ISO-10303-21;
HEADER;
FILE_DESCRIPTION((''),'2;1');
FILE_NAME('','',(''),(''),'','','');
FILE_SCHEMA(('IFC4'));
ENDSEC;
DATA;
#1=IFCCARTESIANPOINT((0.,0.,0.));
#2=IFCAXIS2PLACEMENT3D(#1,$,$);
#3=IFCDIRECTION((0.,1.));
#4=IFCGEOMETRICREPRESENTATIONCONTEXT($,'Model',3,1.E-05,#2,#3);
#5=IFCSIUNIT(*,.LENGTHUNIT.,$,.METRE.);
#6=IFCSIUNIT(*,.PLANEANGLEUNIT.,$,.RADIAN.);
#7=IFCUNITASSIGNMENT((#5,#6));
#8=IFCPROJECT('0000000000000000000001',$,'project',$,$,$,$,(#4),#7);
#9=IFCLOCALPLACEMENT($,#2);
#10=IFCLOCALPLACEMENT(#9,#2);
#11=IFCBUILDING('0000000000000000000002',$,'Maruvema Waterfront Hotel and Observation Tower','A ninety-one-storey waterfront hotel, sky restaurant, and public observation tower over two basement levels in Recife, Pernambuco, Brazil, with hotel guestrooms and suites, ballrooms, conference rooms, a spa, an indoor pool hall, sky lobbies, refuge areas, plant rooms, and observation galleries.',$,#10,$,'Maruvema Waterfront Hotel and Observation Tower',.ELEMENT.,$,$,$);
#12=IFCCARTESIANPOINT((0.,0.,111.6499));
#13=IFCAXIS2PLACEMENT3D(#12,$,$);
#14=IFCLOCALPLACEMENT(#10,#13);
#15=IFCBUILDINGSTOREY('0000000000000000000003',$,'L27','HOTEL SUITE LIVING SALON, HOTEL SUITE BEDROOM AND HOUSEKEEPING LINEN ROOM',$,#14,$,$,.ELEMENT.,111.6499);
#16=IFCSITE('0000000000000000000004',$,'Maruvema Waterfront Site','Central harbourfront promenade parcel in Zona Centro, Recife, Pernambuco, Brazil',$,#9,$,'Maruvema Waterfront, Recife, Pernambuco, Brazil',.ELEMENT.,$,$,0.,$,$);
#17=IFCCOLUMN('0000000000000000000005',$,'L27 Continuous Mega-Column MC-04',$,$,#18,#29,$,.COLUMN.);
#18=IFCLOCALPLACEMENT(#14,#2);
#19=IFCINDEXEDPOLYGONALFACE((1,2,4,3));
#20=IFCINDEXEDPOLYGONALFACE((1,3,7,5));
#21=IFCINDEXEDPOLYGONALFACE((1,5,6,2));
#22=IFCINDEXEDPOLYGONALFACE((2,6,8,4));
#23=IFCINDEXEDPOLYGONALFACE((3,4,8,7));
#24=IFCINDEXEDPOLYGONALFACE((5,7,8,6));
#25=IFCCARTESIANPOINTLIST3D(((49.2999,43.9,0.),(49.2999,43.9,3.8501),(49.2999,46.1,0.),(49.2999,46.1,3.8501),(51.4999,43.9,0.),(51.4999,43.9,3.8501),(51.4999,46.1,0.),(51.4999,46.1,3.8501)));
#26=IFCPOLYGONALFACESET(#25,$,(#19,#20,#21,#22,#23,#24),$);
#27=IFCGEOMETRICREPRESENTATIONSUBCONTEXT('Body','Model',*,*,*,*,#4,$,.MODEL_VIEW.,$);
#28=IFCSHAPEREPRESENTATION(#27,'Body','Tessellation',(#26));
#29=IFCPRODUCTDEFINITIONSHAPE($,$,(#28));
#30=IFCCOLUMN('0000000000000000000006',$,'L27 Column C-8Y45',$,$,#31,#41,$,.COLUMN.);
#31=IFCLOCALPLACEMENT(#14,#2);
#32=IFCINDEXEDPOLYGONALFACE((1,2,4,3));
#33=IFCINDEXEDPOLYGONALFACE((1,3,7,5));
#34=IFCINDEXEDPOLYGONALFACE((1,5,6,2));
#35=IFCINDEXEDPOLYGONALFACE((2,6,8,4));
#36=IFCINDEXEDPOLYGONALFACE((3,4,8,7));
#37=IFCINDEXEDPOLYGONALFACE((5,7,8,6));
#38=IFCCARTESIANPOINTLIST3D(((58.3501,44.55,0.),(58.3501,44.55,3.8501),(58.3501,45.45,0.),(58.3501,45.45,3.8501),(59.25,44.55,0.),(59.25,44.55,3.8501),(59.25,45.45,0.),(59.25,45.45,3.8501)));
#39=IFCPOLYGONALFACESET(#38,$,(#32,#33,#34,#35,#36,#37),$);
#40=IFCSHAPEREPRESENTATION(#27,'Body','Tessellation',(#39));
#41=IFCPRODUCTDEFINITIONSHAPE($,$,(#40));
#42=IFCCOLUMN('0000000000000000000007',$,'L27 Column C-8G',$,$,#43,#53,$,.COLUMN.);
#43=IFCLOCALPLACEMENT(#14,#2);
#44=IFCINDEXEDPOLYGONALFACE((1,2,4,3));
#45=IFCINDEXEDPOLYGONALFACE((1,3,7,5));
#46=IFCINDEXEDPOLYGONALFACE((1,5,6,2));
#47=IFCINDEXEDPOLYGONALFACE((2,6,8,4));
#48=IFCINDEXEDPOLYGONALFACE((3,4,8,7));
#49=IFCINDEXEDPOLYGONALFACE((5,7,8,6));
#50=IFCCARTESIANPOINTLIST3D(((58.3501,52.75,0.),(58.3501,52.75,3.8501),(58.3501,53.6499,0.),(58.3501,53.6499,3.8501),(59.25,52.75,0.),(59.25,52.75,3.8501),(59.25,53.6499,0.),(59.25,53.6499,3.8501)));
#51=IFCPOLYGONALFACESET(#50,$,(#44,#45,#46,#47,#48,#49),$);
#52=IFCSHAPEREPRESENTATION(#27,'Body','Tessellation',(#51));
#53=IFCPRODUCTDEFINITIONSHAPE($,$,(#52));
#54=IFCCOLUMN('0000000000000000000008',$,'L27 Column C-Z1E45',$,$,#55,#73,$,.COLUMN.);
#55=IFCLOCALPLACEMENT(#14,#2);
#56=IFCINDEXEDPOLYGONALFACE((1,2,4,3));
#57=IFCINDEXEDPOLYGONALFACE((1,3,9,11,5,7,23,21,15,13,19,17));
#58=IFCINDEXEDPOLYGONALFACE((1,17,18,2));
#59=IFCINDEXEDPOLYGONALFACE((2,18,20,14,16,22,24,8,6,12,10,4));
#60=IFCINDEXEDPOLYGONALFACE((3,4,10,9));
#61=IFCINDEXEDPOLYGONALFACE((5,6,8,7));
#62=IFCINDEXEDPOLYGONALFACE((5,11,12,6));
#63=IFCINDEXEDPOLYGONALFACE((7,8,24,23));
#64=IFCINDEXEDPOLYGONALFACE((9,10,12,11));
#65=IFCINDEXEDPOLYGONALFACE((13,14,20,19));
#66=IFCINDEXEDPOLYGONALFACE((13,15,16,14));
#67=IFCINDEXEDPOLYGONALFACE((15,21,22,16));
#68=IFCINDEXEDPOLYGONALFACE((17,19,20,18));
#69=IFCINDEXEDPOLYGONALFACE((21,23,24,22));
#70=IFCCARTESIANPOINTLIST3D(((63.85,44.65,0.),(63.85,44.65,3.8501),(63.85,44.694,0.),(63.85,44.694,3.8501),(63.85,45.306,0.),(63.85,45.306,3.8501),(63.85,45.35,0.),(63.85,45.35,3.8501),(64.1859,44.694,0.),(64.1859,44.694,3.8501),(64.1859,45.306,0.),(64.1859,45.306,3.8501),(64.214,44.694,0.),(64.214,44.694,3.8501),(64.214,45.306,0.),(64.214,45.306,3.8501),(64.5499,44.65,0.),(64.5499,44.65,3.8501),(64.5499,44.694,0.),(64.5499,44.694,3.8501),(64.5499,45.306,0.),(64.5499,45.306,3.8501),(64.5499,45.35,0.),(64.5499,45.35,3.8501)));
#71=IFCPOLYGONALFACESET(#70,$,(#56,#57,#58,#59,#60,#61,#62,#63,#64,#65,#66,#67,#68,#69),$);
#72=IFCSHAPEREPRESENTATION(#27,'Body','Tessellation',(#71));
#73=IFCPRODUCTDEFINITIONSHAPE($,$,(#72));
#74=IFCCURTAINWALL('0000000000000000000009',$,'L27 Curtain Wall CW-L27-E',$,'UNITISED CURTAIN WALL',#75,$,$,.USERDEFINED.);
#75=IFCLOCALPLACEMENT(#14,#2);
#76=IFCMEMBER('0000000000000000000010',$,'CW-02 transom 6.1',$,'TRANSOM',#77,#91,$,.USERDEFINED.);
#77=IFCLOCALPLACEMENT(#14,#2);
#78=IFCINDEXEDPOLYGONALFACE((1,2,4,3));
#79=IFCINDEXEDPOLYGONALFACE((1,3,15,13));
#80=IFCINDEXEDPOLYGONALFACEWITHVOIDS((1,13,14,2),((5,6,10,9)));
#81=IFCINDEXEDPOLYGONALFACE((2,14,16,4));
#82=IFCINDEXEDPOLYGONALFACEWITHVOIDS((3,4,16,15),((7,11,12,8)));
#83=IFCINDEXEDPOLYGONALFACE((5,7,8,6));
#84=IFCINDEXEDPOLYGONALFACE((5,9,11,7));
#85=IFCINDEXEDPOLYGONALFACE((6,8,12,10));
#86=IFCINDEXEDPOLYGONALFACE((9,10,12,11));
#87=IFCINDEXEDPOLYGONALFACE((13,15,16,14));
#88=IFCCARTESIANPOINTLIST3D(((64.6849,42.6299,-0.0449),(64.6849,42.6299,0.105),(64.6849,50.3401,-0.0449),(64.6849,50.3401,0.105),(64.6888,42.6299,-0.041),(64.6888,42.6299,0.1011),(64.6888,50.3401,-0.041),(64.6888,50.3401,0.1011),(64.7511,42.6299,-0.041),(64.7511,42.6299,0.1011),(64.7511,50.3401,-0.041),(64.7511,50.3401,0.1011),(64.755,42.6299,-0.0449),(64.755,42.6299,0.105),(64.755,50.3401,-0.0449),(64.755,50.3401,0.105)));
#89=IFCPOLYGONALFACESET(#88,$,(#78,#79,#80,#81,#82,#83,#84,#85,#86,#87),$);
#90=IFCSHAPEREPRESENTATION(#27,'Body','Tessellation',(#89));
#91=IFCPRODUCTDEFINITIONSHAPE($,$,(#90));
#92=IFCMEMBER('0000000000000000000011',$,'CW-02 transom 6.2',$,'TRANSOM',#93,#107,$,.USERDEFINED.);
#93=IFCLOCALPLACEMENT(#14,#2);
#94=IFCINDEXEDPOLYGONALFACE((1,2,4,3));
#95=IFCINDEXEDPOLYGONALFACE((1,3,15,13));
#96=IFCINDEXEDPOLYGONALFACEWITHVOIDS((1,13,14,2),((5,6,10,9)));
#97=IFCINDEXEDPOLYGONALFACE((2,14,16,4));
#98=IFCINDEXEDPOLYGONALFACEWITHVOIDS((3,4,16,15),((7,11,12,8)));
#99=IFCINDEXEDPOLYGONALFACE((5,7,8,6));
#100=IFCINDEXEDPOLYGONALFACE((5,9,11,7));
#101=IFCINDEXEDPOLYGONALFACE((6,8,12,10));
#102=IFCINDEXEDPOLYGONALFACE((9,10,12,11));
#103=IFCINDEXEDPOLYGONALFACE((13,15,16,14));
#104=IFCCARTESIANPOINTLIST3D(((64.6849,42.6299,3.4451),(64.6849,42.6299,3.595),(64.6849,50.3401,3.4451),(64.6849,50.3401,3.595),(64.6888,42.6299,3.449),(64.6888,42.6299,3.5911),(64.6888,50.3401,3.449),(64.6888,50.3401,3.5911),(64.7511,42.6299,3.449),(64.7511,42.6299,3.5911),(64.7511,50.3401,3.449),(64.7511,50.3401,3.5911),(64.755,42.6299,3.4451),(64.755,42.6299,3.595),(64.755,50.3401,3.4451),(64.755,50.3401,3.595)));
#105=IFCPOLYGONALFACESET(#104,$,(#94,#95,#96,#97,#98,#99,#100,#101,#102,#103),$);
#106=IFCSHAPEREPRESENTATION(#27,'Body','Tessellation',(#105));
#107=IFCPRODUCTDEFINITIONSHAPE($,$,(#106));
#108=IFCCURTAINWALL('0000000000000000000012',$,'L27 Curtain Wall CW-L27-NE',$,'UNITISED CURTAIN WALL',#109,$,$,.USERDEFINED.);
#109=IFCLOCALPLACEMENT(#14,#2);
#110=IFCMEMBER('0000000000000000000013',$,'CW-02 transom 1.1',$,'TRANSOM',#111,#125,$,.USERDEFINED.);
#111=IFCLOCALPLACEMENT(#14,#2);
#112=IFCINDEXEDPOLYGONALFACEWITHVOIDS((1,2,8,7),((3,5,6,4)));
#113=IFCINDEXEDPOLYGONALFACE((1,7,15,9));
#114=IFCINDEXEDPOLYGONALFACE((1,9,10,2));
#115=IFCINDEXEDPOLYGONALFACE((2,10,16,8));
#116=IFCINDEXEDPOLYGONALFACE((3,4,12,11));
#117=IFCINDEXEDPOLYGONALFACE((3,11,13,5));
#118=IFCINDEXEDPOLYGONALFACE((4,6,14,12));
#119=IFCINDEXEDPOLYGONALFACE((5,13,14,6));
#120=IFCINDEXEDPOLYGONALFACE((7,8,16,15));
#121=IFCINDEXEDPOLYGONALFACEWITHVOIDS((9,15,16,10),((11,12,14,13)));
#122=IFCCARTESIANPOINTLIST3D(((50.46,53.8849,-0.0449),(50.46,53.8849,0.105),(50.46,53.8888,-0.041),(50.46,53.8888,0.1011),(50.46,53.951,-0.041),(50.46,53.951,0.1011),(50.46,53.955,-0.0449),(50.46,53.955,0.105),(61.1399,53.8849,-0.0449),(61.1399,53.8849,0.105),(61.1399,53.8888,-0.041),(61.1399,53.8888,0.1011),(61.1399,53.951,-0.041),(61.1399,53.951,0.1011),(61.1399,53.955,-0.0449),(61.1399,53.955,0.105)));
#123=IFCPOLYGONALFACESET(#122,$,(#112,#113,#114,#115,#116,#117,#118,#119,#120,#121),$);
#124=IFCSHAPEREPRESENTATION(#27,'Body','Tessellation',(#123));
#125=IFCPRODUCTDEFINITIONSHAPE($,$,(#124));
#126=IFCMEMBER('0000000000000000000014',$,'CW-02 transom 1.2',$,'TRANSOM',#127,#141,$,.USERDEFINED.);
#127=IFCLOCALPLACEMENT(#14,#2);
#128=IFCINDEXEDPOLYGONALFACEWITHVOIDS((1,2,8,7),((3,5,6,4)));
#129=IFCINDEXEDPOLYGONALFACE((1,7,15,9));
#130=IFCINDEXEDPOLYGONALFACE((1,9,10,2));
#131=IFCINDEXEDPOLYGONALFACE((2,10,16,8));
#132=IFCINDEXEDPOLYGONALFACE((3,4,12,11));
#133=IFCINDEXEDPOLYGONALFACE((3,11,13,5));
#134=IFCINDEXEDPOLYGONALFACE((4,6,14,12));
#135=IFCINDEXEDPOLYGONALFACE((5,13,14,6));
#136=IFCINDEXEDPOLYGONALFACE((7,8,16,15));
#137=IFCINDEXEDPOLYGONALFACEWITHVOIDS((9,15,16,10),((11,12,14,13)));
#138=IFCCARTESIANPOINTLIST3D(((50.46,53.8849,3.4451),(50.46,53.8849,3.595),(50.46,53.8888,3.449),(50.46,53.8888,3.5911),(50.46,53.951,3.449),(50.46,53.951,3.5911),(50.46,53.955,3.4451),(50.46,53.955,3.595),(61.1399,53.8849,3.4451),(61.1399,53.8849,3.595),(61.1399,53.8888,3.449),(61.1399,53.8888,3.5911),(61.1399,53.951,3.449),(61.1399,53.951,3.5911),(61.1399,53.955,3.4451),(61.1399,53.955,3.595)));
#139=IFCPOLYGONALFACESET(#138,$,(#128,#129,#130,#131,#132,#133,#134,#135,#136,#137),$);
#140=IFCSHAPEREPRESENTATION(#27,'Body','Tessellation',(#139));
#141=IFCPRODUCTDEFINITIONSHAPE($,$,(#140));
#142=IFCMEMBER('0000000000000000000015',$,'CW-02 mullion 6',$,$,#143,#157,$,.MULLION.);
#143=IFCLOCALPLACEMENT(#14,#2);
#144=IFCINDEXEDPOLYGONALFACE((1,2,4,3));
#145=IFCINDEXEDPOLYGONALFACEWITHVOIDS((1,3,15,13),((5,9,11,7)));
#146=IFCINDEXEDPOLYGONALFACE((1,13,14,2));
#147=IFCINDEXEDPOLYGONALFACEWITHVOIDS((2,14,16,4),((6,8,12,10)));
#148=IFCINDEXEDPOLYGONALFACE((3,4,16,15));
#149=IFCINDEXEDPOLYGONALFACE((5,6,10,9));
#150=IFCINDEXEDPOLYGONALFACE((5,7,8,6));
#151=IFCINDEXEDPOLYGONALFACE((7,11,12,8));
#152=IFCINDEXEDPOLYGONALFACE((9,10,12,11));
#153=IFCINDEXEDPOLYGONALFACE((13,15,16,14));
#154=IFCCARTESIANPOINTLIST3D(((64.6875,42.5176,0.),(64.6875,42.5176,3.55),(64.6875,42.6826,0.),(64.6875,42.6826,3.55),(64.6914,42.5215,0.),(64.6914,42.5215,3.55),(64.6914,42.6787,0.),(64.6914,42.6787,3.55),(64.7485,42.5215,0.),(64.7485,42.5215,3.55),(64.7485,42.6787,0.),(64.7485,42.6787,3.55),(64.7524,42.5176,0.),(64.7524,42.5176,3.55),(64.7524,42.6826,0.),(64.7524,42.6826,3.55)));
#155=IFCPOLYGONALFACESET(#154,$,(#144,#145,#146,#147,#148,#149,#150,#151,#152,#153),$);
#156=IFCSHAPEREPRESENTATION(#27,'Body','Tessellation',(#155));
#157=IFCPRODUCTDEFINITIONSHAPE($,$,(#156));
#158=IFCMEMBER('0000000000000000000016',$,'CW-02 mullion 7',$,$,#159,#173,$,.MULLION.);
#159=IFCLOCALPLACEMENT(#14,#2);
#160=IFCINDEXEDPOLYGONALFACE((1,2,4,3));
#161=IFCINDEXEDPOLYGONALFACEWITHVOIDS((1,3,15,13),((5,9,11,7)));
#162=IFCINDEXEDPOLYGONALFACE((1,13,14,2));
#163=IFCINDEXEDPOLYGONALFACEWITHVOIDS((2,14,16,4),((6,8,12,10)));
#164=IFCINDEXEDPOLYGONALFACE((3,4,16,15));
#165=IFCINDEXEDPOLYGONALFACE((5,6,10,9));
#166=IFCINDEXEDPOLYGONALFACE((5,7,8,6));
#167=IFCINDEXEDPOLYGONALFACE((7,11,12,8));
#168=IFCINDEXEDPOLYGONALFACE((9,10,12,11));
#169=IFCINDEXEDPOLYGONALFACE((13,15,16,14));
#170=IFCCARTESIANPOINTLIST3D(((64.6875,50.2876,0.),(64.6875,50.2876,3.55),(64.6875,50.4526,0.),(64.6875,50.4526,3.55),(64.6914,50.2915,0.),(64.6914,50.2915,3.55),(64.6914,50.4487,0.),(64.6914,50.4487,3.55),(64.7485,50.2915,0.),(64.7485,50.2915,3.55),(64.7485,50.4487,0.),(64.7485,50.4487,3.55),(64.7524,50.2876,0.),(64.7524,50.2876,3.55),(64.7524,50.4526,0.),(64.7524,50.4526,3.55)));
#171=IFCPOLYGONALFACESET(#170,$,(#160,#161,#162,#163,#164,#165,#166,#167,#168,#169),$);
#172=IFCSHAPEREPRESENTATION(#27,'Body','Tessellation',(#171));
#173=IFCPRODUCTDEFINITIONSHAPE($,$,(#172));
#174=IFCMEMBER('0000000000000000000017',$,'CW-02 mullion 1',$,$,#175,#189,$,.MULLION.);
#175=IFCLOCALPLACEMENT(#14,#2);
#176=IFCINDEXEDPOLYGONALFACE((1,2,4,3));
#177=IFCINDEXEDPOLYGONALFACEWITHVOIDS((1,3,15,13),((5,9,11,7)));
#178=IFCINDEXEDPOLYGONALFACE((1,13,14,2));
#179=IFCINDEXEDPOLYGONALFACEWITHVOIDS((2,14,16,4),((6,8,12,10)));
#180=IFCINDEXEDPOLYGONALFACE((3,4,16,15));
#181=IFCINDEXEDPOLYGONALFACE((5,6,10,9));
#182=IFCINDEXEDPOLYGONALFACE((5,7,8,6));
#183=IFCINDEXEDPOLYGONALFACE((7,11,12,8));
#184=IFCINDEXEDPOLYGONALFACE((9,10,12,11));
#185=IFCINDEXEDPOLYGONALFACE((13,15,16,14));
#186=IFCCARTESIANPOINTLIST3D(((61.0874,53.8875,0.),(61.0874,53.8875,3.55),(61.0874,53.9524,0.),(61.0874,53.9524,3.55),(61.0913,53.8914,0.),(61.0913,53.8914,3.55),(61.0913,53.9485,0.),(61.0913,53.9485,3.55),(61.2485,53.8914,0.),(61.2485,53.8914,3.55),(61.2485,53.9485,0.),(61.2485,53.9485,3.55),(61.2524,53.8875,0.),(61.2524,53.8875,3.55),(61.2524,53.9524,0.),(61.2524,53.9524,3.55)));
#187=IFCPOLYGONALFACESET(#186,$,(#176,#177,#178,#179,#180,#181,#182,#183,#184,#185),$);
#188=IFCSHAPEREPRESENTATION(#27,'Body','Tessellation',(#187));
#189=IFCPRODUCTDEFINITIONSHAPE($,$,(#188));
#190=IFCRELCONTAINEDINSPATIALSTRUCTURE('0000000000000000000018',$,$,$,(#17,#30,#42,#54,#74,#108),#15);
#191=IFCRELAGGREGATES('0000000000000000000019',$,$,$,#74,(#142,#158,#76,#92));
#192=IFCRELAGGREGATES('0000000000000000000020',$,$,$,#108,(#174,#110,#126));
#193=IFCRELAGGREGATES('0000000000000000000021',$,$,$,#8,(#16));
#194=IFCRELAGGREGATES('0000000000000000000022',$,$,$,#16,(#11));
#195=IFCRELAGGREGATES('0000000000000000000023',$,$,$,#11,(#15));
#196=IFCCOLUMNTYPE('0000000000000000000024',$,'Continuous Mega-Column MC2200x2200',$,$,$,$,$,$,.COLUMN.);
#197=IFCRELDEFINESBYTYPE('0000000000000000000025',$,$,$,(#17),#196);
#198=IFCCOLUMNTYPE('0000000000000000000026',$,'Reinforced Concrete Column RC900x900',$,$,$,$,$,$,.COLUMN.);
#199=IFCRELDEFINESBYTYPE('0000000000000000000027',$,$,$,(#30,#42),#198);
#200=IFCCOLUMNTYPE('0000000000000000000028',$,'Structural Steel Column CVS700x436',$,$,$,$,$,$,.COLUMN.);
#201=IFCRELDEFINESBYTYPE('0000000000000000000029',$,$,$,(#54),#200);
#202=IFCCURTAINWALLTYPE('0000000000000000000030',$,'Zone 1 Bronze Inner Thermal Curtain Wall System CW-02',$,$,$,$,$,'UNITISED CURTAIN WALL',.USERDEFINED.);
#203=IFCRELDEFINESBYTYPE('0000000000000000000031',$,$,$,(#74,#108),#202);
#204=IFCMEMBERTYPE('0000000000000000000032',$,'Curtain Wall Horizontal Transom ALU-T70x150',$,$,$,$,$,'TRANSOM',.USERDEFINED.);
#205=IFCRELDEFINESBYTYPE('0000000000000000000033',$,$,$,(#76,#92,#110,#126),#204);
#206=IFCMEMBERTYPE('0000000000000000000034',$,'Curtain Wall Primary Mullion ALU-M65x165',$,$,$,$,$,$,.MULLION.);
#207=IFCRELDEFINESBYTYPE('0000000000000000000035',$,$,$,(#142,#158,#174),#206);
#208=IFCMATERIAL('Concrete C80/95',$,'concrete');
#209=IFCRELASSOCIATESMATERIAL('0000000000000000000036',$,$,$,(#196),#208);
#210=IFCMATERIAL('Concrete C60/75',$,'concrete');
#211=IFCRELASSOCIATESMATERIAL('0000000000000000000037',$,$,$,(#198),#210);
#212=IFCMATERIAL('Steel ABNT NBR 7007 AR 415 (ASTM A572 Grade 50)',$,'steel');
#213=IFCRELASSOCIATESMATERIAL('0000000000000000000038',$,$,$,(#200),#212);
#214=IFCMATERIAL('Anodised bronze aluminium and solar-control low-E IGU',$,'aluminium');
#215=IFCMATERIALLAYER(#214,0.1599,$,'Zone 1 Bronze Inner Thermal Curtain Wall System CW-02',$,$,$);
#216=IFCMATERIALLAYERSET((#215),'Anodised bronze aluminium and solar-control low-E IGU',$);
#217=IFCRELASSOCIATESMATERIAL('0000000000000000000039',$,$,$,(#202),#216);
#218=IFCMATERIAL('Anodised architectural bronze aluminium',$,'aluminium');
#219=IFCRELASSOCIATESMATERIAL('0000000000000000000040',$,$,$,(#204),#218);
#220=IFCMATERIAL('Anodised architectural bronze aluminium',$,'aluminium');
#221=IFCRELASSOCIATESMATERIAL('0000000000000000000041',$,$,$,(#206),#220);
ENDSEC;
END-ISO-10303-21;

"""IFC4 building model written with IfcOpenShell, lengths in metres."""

from ifc_helpers import new_model, si_unit, direction, frame, origin, origin_2d, place, context, subcontext, project, spatial, rectangle, hollow_rectangle, i_section, extrude, material, layer, layer_set, material_profile, profile_set, type_object, element, aggregate, save


model = new_model("IFC4")

# Units and contexts
model_context = context("Model", 3, precision=1e-05, world=origin(), true_north=direction((0.0, 1.0)))
body_context = subcontext(model_context, "Body", "Model", "MODEL_VIEW")
ifc_project = project(units=[si_unit("LENGTHUNIT", "METRE"), si_unit("PLANEANGLEUNIT", "RADIAN")], contexts=[model_context])

# Site, building, storey
site_placement = place(None, origin())
site = spatial("IfcSite", under=ifc_project, at=site_placement, Name="Maruvema Waterfront Site", Description="Central harbourfront promenade parcel in Zona Centro, Recife, Pernambuco, Brazil", LongName="Maruvema Waterfront, Recife, Pernambuco, Brazil", CompositionType="ELEMENT", RefElevation=0.0)
building_placement = place(site_placement, origin())
building = spatial("IfcBuilding", under=site, at=building_placement, Name="Maruvema Waterfront Hotel and Observation Tower", Description="A ninety-one-storey waterfront hotel, sky restaurant, and public observation tower over two basement levels in Recife, Pernambuco, Brazil, with hotel guestrooms and suites, ballrooms, conference rooms, a spa, an indoor pool hall, sky lobbies, refuge areas, plant rooms, and observation galleries.", LongName="Maruvema Waterfront Hotel and Observation Tower", CompositionType="ELEMENT")
storey_placement = place(building_placement, frame((0.0, 0.0, 111.6499)))
storey = spatial("IfcBuildingStorey", under=building, at=storey_placement, Name="L27", Description="HOTEL SUITE LIVING SALON, HOTEL SUITE BEDROOM AND HOUSEKEEPING LINEN ROOM", CompositionType="ELEMENT", Elevation=111.6499)

# Columns
ifc_material_1 = material(Name="Concrete C80/95", Category="concrete")
ifc_material_profile_1 = material_profile(ifc_material_1, rectangle(XDim=2.2, YDim=2.2, at=origin_2d()), Name="MC2200x2200")
ifc_profile_set_1 = profile_set([ifc_material_profile_1], Name="Concrete C80/95")
column_type_1 = type_object("IfcColumnType", Name="Continuous Mega-Column MC2200x2200", PredefinedType="COLUMN", material=ifc_profile_set_1)
column_1_placement = place(storey_placement, frame((50.3999, 45.0, 0.0), z_axis=(0.0, 0.0, 1.0), x_axis=(1.0, 0.0, 0.0)))
element("IfcColumn", 1, at=column_1_placement, inside=storey, type_object=column_type_1, Name="L27 Continuous Mega-Column MC-04", PredefinedType="COLUMN", context=body_context, shape_type="SweptSolid", body=[
    extrude(rectangle(XDim=2.2, YDim=2.2, at=origin_2d()), origin(), (0.0, 0.0, 1.0), 3.8501),
])
ifc_material_2 = material(Name="Concrete C60/75", Category="concrete")
ifc_material_profile_2 = material_profile(ifc_material_2, rectangle(XDim=0.8999, YDim=0.8999, at=origin_2d()), Name="RC900x900")
ifc_profile_set_2 = profile_set([ifc_material_profile_2], Name="Concrete C60/75")
column_type_2 = type_object("IfcColumnType", Name="Reinforced Concrete Column RC900x900", PredefinedType="COLUMN", material=ifc_profile_set_2)
for number, where, z_axis, x_axis, name in (
    (2, (58.8, 45.0, 0.0), (0.0, 0.0, 1.0), (1.0, 0.0, 0.0), "L27 Column C-8Y45"),
    (3, (58.8, 53.2, 0.0), (0.0, 0.0, 1.0), (1.0, 0.0, 0.0), "L27 Column C-8G"),
):
    element("IfcColumn", number, at=place(storey_placement, frame(where, z_axis=z_axis, x_axis=x_axis)), inside=storey, type_object=column_type_2, Name=name, PredefinedType="COLUMN", context=body_context, shape_type="SweptSolid", body=[
        extrude(rectangle(XDim=0.8999, YDim=0.8999, at=origin_2d()), origin(), (0.0, 0.0, 1.0), 3.8501),
    ])
ifc_material_3 = material(Name="Steel ABNT NBR 7007 AR 415 (ASTM A572 Grade 50)", Category="steel")
ifc_material_profile_3 = material_profile(ifc_material_3, i_section(OverallWidth=0.7, OverallDepth=0.7, WebThickness=0.0281, FlangeThickness=0.0439, at=origin_2d()), Name="CVS700x436")
ifc_profile_set_3 = profile_set([ifc_material_profile_3], Name="Steel ABNT NBR 7007 AR 415 (ASTM A572 Grade 50)")
column_type_3 = type_object("IfcColumnType", Name="Structural Steel Column CVS700x436", PredefinedType="COLUMN", material=ifc_profile_set_3)
column_2_placement = place(storey_placement, frame((64.2, 45.0, 0.0), z_axis=(0.0, 0.0, 1.0), x_axis=(1.0, 0.0, 0.0)))
element("IfcColumn", 4, at=column_2_placement, inside=storey, type_object=column_type_3, Name="L27 Column C-Z1E45", PredefinedType="COLUMN", context=body_context, shape_type="SweptSolid", body=[
    extrude(i_section(OverallWidth=0.7, OverallDepth=0.7, WebThickness=0.0281, FlangeThickness=0.0439, at=origin_2d()), origin(), (0.0, 0.0, 1.0), 3.8501),
])

# Curtain walls, members
ifc_material_4 = material(Name="Anodised bronze aluminium and solar-control low-E IGU", Category="aluminium")
ifc_layer_1 = layer(ifc_material_4, 0.1599, Name="Zone 1 Bronze Inner Thermal Curtain Wall System CW-02")
ifc_layer_set_1 = layer_set([ifc_layer_1], Name="Anodised bronze aluminium and solar-control low-E IGU")
curtain_wall_type = type_object("IfcCurtainWallType", Name="Zone 1 Bronze Inner Thermal Curtain Wall System CW-02", ElementType="UNITISED CURTAIN WALL", PredefinedType="USERDEFINED", material=ifc_layer_set_1)
curtain_wall_1_placement = place(storey_placement, origin())
curtain_wall_1 = element("IfcCurtainWall", 5, at=curtain_wall_1_placement, inside=storey, type_object=curtain_wall_type, Name="L27 Curtain Wall CW-L27-E", ObjectType="UNITISED CURTAIN WALL", PredefinedType="USERDEFINED")
ifc_material_5 = material(Name="Anodised architectural bronze aluminium", Category="aluminium")
ifc_material_profile_4 = material_profile(ifc_material_5, hollow_rectangle(XDim=0.0701, YDim=0.1499, WallThickness=0.0039, at=origin_2d()), Name="ALU-T70x150")
ifc_profile_set_4 = profile_set([ifc_material_profile_4], Name="Anodised architectural bronze aluminium")
member_type_1 = type_object("IfcMemberType", Name="Curtain Wall Horizontal Transom ALU-T70x150", ElementType="TRANSOM", PredefinedType="USERDEFINED", material=ifc_profile_set_4)
member_1_placement = place(storey_placement, frame((64.72, 42.6299, 0.03), z_axis=(0.0, 1.0, 0.0), x_axis=(-1.0, 0.0, 0.0)))
member_1 = element("IfcMember", 6, at=member_1_placement, type_object=member_type_1, Name="CW-02 transom 6.1", ObjectType="TRANSOM", PredefinedType="USERDEFINED", context=body_context, shape_type="SweptSolid", body=[
    extrude(hollow_rectangle(XDim=0.0701, YDim=0.1499, WallThickness=0.0039, at=origin_2d()), origin(), (0.0, 0.0, 1.0), 7.7102),
])
member_2_placement = place(storey_placement, frame((64.72, 42.6299, 3.52), z_axis=(0.0, 1.0, 0.0), x_axis=(-1.0, 0.0, 0.0)))
member_2 = element("IfcMember", 7, at=member_2_placement, type_object=member_type_1, Name="CW-02 transom 6.2", ObjectType="TRANSOM", PredefinedType="USERDEFINED", context=body_context, shape_type="SweptSolid", body=[
    extrude(hollow_rectangle(XDim=0.0701, YDim=0.1499, WallThickness=0.0039, at=origin_2d()), origin(), (0.0, 0.0, 1.0), 7.7102),
])
curtain_wall_2_placement = place(storey_placement, origin())
curtain_wall_2 = element("IfcCurtainWall", 8, at=curtain_wall_2_placement, inside=storey, type_object=curtain_wall_type, Name="L27 Curtain Wall CW-L27-NE", ObjectType="UNITISED CURTAIN WALL", PredefinedType="USERDEFINED")
member_3_placement = place(storey_placement, frame((61.1399, 53.9199, 0.03), z_axis=(-1.0, 0.0, 0.0), x_axis=(0.0, -1.0, 0.0)))
member_3 = element("IfcMember", 9, at=member_3_placement, type_object=member_type_1, Name="CW-02 transom 1.1", ObjectType="TRANSOM", PredefinedType="USERDEFINED", context=body_context, shape_type="SweptSolid", body=[
    extrude(hollow_rectangle(XDim=0.0701, YDim=0.1499, WallThickness=0.0039, at=origin_2d()), origin(), (0.0, 0.0, 1.0), 10.6799),
])
member_4_placement = place(storey_placement, frame((61.1399, 53.9199, 3.52), z_axis=(-1.0, 0.0, 0.0), x_axis=(0.0, -1.0, 0.0)))
member_4 = element("IfcMember", 10, at=member_4_placement, type_object=member_type_1, Name="CW-02 transom 1.2", ObjectType="TRANSOM", PredefinedType="USERDEFINED", context=body_context, shape_type="SweptSolid", body=[
    extrude(hollow_rectangle(XDim=0.0701, YDim=0.1499, WallThickness=0.0039, at=origin_2d()), origin(), (0.0, 0.0, 1.0), 10.6799),
])

# Members
ifc_material_6 = material(Name="Anodised architectural bronze aluminium", Category="aluminium")
ifc_material_profile_5 = material_profile(ifc_material_6, hollow_rectangle(XDim=0.0649, YDim=0.165, WallThickness=0.0039, at=origin_2d()), Name="ALU-M65x165")
ifc_profile_set_5 = profile_set([ifc_material_profile_5], Name="Anodised architectural bronze aluminium")
member_type_2 = type_object("IfcMemberType", Name="Curtain Wall Primary Mullion ALU-M65x165", PredefinedType="MULLION", material=ifc_profile_set_5)
member_5_placement = place(storey_placement, frame((64.72, 42.6001, 0.0), z_axis=(0.0, 0.0, 1.0), x_axis=(-1.0, 0.0, 0.0)))
member_5 = element("IfcMember", 11, at=member_5_placement, type_object=member_type_2, Name="CW-02 mullion 6", PredefinedType="MULLION", context=body_context, shape_type="SweptSolid", body=[
    extrude(hollow_rectangle(XDim=0.0649, YDim=0.165, WallThickness=0.0039, at=origin_2d()), origin(), (0.0, 0.0, 1.0), 3.55),
])
member_6_placement = place(storey_placement, frame((64.72, 50.3701, 0.0), z_axis=(0.0, 0.0, 1.0), x_axis=(-1.0, 0.0, 0.0)))
member_6 = element("IfcMember", 12, at=member_6_placement, type_object=member_type_2, Name="CW-02 mullion 7", PredefinedType="MULLION", context=body_context, shape_type="SweptSolid", body=[
    extrude(hollow_rectangle(XDim=0.0649, YDim=0.165, WallThickness=0.0039, at=origin_2d()), origin(), (0.0, 0.0, 1.0), 3.55),
])
member_7_placement = place(storey_placement, frame((61.1699, 53.9199, 0.0), z_axis=(0.0, 0.0, 1.0), x_axis=(0.0, -1.0, 0.0)))
member_7 = element("IfcMember", 13, at=member_7_placement, type_object=member_type_2, Name="CW-02 mullion 1", PredefinedType="MULLION", context=body_context, shape_type="SweptSolid", body=[
    extrude(hollow_rectangle(XDim=0.0649, YDim=0.165, WallThickness=0.0039, at=origin_2d()), origin(), (0.0, 0.0, 1.0), 3.55),
])

aggregate(curtain_wall_1, [member_5, member_6, member_1, member_2])
aggregate(curtain_wall_2, [member_7, member_3, member_4])

save(model, "model.ifc")
